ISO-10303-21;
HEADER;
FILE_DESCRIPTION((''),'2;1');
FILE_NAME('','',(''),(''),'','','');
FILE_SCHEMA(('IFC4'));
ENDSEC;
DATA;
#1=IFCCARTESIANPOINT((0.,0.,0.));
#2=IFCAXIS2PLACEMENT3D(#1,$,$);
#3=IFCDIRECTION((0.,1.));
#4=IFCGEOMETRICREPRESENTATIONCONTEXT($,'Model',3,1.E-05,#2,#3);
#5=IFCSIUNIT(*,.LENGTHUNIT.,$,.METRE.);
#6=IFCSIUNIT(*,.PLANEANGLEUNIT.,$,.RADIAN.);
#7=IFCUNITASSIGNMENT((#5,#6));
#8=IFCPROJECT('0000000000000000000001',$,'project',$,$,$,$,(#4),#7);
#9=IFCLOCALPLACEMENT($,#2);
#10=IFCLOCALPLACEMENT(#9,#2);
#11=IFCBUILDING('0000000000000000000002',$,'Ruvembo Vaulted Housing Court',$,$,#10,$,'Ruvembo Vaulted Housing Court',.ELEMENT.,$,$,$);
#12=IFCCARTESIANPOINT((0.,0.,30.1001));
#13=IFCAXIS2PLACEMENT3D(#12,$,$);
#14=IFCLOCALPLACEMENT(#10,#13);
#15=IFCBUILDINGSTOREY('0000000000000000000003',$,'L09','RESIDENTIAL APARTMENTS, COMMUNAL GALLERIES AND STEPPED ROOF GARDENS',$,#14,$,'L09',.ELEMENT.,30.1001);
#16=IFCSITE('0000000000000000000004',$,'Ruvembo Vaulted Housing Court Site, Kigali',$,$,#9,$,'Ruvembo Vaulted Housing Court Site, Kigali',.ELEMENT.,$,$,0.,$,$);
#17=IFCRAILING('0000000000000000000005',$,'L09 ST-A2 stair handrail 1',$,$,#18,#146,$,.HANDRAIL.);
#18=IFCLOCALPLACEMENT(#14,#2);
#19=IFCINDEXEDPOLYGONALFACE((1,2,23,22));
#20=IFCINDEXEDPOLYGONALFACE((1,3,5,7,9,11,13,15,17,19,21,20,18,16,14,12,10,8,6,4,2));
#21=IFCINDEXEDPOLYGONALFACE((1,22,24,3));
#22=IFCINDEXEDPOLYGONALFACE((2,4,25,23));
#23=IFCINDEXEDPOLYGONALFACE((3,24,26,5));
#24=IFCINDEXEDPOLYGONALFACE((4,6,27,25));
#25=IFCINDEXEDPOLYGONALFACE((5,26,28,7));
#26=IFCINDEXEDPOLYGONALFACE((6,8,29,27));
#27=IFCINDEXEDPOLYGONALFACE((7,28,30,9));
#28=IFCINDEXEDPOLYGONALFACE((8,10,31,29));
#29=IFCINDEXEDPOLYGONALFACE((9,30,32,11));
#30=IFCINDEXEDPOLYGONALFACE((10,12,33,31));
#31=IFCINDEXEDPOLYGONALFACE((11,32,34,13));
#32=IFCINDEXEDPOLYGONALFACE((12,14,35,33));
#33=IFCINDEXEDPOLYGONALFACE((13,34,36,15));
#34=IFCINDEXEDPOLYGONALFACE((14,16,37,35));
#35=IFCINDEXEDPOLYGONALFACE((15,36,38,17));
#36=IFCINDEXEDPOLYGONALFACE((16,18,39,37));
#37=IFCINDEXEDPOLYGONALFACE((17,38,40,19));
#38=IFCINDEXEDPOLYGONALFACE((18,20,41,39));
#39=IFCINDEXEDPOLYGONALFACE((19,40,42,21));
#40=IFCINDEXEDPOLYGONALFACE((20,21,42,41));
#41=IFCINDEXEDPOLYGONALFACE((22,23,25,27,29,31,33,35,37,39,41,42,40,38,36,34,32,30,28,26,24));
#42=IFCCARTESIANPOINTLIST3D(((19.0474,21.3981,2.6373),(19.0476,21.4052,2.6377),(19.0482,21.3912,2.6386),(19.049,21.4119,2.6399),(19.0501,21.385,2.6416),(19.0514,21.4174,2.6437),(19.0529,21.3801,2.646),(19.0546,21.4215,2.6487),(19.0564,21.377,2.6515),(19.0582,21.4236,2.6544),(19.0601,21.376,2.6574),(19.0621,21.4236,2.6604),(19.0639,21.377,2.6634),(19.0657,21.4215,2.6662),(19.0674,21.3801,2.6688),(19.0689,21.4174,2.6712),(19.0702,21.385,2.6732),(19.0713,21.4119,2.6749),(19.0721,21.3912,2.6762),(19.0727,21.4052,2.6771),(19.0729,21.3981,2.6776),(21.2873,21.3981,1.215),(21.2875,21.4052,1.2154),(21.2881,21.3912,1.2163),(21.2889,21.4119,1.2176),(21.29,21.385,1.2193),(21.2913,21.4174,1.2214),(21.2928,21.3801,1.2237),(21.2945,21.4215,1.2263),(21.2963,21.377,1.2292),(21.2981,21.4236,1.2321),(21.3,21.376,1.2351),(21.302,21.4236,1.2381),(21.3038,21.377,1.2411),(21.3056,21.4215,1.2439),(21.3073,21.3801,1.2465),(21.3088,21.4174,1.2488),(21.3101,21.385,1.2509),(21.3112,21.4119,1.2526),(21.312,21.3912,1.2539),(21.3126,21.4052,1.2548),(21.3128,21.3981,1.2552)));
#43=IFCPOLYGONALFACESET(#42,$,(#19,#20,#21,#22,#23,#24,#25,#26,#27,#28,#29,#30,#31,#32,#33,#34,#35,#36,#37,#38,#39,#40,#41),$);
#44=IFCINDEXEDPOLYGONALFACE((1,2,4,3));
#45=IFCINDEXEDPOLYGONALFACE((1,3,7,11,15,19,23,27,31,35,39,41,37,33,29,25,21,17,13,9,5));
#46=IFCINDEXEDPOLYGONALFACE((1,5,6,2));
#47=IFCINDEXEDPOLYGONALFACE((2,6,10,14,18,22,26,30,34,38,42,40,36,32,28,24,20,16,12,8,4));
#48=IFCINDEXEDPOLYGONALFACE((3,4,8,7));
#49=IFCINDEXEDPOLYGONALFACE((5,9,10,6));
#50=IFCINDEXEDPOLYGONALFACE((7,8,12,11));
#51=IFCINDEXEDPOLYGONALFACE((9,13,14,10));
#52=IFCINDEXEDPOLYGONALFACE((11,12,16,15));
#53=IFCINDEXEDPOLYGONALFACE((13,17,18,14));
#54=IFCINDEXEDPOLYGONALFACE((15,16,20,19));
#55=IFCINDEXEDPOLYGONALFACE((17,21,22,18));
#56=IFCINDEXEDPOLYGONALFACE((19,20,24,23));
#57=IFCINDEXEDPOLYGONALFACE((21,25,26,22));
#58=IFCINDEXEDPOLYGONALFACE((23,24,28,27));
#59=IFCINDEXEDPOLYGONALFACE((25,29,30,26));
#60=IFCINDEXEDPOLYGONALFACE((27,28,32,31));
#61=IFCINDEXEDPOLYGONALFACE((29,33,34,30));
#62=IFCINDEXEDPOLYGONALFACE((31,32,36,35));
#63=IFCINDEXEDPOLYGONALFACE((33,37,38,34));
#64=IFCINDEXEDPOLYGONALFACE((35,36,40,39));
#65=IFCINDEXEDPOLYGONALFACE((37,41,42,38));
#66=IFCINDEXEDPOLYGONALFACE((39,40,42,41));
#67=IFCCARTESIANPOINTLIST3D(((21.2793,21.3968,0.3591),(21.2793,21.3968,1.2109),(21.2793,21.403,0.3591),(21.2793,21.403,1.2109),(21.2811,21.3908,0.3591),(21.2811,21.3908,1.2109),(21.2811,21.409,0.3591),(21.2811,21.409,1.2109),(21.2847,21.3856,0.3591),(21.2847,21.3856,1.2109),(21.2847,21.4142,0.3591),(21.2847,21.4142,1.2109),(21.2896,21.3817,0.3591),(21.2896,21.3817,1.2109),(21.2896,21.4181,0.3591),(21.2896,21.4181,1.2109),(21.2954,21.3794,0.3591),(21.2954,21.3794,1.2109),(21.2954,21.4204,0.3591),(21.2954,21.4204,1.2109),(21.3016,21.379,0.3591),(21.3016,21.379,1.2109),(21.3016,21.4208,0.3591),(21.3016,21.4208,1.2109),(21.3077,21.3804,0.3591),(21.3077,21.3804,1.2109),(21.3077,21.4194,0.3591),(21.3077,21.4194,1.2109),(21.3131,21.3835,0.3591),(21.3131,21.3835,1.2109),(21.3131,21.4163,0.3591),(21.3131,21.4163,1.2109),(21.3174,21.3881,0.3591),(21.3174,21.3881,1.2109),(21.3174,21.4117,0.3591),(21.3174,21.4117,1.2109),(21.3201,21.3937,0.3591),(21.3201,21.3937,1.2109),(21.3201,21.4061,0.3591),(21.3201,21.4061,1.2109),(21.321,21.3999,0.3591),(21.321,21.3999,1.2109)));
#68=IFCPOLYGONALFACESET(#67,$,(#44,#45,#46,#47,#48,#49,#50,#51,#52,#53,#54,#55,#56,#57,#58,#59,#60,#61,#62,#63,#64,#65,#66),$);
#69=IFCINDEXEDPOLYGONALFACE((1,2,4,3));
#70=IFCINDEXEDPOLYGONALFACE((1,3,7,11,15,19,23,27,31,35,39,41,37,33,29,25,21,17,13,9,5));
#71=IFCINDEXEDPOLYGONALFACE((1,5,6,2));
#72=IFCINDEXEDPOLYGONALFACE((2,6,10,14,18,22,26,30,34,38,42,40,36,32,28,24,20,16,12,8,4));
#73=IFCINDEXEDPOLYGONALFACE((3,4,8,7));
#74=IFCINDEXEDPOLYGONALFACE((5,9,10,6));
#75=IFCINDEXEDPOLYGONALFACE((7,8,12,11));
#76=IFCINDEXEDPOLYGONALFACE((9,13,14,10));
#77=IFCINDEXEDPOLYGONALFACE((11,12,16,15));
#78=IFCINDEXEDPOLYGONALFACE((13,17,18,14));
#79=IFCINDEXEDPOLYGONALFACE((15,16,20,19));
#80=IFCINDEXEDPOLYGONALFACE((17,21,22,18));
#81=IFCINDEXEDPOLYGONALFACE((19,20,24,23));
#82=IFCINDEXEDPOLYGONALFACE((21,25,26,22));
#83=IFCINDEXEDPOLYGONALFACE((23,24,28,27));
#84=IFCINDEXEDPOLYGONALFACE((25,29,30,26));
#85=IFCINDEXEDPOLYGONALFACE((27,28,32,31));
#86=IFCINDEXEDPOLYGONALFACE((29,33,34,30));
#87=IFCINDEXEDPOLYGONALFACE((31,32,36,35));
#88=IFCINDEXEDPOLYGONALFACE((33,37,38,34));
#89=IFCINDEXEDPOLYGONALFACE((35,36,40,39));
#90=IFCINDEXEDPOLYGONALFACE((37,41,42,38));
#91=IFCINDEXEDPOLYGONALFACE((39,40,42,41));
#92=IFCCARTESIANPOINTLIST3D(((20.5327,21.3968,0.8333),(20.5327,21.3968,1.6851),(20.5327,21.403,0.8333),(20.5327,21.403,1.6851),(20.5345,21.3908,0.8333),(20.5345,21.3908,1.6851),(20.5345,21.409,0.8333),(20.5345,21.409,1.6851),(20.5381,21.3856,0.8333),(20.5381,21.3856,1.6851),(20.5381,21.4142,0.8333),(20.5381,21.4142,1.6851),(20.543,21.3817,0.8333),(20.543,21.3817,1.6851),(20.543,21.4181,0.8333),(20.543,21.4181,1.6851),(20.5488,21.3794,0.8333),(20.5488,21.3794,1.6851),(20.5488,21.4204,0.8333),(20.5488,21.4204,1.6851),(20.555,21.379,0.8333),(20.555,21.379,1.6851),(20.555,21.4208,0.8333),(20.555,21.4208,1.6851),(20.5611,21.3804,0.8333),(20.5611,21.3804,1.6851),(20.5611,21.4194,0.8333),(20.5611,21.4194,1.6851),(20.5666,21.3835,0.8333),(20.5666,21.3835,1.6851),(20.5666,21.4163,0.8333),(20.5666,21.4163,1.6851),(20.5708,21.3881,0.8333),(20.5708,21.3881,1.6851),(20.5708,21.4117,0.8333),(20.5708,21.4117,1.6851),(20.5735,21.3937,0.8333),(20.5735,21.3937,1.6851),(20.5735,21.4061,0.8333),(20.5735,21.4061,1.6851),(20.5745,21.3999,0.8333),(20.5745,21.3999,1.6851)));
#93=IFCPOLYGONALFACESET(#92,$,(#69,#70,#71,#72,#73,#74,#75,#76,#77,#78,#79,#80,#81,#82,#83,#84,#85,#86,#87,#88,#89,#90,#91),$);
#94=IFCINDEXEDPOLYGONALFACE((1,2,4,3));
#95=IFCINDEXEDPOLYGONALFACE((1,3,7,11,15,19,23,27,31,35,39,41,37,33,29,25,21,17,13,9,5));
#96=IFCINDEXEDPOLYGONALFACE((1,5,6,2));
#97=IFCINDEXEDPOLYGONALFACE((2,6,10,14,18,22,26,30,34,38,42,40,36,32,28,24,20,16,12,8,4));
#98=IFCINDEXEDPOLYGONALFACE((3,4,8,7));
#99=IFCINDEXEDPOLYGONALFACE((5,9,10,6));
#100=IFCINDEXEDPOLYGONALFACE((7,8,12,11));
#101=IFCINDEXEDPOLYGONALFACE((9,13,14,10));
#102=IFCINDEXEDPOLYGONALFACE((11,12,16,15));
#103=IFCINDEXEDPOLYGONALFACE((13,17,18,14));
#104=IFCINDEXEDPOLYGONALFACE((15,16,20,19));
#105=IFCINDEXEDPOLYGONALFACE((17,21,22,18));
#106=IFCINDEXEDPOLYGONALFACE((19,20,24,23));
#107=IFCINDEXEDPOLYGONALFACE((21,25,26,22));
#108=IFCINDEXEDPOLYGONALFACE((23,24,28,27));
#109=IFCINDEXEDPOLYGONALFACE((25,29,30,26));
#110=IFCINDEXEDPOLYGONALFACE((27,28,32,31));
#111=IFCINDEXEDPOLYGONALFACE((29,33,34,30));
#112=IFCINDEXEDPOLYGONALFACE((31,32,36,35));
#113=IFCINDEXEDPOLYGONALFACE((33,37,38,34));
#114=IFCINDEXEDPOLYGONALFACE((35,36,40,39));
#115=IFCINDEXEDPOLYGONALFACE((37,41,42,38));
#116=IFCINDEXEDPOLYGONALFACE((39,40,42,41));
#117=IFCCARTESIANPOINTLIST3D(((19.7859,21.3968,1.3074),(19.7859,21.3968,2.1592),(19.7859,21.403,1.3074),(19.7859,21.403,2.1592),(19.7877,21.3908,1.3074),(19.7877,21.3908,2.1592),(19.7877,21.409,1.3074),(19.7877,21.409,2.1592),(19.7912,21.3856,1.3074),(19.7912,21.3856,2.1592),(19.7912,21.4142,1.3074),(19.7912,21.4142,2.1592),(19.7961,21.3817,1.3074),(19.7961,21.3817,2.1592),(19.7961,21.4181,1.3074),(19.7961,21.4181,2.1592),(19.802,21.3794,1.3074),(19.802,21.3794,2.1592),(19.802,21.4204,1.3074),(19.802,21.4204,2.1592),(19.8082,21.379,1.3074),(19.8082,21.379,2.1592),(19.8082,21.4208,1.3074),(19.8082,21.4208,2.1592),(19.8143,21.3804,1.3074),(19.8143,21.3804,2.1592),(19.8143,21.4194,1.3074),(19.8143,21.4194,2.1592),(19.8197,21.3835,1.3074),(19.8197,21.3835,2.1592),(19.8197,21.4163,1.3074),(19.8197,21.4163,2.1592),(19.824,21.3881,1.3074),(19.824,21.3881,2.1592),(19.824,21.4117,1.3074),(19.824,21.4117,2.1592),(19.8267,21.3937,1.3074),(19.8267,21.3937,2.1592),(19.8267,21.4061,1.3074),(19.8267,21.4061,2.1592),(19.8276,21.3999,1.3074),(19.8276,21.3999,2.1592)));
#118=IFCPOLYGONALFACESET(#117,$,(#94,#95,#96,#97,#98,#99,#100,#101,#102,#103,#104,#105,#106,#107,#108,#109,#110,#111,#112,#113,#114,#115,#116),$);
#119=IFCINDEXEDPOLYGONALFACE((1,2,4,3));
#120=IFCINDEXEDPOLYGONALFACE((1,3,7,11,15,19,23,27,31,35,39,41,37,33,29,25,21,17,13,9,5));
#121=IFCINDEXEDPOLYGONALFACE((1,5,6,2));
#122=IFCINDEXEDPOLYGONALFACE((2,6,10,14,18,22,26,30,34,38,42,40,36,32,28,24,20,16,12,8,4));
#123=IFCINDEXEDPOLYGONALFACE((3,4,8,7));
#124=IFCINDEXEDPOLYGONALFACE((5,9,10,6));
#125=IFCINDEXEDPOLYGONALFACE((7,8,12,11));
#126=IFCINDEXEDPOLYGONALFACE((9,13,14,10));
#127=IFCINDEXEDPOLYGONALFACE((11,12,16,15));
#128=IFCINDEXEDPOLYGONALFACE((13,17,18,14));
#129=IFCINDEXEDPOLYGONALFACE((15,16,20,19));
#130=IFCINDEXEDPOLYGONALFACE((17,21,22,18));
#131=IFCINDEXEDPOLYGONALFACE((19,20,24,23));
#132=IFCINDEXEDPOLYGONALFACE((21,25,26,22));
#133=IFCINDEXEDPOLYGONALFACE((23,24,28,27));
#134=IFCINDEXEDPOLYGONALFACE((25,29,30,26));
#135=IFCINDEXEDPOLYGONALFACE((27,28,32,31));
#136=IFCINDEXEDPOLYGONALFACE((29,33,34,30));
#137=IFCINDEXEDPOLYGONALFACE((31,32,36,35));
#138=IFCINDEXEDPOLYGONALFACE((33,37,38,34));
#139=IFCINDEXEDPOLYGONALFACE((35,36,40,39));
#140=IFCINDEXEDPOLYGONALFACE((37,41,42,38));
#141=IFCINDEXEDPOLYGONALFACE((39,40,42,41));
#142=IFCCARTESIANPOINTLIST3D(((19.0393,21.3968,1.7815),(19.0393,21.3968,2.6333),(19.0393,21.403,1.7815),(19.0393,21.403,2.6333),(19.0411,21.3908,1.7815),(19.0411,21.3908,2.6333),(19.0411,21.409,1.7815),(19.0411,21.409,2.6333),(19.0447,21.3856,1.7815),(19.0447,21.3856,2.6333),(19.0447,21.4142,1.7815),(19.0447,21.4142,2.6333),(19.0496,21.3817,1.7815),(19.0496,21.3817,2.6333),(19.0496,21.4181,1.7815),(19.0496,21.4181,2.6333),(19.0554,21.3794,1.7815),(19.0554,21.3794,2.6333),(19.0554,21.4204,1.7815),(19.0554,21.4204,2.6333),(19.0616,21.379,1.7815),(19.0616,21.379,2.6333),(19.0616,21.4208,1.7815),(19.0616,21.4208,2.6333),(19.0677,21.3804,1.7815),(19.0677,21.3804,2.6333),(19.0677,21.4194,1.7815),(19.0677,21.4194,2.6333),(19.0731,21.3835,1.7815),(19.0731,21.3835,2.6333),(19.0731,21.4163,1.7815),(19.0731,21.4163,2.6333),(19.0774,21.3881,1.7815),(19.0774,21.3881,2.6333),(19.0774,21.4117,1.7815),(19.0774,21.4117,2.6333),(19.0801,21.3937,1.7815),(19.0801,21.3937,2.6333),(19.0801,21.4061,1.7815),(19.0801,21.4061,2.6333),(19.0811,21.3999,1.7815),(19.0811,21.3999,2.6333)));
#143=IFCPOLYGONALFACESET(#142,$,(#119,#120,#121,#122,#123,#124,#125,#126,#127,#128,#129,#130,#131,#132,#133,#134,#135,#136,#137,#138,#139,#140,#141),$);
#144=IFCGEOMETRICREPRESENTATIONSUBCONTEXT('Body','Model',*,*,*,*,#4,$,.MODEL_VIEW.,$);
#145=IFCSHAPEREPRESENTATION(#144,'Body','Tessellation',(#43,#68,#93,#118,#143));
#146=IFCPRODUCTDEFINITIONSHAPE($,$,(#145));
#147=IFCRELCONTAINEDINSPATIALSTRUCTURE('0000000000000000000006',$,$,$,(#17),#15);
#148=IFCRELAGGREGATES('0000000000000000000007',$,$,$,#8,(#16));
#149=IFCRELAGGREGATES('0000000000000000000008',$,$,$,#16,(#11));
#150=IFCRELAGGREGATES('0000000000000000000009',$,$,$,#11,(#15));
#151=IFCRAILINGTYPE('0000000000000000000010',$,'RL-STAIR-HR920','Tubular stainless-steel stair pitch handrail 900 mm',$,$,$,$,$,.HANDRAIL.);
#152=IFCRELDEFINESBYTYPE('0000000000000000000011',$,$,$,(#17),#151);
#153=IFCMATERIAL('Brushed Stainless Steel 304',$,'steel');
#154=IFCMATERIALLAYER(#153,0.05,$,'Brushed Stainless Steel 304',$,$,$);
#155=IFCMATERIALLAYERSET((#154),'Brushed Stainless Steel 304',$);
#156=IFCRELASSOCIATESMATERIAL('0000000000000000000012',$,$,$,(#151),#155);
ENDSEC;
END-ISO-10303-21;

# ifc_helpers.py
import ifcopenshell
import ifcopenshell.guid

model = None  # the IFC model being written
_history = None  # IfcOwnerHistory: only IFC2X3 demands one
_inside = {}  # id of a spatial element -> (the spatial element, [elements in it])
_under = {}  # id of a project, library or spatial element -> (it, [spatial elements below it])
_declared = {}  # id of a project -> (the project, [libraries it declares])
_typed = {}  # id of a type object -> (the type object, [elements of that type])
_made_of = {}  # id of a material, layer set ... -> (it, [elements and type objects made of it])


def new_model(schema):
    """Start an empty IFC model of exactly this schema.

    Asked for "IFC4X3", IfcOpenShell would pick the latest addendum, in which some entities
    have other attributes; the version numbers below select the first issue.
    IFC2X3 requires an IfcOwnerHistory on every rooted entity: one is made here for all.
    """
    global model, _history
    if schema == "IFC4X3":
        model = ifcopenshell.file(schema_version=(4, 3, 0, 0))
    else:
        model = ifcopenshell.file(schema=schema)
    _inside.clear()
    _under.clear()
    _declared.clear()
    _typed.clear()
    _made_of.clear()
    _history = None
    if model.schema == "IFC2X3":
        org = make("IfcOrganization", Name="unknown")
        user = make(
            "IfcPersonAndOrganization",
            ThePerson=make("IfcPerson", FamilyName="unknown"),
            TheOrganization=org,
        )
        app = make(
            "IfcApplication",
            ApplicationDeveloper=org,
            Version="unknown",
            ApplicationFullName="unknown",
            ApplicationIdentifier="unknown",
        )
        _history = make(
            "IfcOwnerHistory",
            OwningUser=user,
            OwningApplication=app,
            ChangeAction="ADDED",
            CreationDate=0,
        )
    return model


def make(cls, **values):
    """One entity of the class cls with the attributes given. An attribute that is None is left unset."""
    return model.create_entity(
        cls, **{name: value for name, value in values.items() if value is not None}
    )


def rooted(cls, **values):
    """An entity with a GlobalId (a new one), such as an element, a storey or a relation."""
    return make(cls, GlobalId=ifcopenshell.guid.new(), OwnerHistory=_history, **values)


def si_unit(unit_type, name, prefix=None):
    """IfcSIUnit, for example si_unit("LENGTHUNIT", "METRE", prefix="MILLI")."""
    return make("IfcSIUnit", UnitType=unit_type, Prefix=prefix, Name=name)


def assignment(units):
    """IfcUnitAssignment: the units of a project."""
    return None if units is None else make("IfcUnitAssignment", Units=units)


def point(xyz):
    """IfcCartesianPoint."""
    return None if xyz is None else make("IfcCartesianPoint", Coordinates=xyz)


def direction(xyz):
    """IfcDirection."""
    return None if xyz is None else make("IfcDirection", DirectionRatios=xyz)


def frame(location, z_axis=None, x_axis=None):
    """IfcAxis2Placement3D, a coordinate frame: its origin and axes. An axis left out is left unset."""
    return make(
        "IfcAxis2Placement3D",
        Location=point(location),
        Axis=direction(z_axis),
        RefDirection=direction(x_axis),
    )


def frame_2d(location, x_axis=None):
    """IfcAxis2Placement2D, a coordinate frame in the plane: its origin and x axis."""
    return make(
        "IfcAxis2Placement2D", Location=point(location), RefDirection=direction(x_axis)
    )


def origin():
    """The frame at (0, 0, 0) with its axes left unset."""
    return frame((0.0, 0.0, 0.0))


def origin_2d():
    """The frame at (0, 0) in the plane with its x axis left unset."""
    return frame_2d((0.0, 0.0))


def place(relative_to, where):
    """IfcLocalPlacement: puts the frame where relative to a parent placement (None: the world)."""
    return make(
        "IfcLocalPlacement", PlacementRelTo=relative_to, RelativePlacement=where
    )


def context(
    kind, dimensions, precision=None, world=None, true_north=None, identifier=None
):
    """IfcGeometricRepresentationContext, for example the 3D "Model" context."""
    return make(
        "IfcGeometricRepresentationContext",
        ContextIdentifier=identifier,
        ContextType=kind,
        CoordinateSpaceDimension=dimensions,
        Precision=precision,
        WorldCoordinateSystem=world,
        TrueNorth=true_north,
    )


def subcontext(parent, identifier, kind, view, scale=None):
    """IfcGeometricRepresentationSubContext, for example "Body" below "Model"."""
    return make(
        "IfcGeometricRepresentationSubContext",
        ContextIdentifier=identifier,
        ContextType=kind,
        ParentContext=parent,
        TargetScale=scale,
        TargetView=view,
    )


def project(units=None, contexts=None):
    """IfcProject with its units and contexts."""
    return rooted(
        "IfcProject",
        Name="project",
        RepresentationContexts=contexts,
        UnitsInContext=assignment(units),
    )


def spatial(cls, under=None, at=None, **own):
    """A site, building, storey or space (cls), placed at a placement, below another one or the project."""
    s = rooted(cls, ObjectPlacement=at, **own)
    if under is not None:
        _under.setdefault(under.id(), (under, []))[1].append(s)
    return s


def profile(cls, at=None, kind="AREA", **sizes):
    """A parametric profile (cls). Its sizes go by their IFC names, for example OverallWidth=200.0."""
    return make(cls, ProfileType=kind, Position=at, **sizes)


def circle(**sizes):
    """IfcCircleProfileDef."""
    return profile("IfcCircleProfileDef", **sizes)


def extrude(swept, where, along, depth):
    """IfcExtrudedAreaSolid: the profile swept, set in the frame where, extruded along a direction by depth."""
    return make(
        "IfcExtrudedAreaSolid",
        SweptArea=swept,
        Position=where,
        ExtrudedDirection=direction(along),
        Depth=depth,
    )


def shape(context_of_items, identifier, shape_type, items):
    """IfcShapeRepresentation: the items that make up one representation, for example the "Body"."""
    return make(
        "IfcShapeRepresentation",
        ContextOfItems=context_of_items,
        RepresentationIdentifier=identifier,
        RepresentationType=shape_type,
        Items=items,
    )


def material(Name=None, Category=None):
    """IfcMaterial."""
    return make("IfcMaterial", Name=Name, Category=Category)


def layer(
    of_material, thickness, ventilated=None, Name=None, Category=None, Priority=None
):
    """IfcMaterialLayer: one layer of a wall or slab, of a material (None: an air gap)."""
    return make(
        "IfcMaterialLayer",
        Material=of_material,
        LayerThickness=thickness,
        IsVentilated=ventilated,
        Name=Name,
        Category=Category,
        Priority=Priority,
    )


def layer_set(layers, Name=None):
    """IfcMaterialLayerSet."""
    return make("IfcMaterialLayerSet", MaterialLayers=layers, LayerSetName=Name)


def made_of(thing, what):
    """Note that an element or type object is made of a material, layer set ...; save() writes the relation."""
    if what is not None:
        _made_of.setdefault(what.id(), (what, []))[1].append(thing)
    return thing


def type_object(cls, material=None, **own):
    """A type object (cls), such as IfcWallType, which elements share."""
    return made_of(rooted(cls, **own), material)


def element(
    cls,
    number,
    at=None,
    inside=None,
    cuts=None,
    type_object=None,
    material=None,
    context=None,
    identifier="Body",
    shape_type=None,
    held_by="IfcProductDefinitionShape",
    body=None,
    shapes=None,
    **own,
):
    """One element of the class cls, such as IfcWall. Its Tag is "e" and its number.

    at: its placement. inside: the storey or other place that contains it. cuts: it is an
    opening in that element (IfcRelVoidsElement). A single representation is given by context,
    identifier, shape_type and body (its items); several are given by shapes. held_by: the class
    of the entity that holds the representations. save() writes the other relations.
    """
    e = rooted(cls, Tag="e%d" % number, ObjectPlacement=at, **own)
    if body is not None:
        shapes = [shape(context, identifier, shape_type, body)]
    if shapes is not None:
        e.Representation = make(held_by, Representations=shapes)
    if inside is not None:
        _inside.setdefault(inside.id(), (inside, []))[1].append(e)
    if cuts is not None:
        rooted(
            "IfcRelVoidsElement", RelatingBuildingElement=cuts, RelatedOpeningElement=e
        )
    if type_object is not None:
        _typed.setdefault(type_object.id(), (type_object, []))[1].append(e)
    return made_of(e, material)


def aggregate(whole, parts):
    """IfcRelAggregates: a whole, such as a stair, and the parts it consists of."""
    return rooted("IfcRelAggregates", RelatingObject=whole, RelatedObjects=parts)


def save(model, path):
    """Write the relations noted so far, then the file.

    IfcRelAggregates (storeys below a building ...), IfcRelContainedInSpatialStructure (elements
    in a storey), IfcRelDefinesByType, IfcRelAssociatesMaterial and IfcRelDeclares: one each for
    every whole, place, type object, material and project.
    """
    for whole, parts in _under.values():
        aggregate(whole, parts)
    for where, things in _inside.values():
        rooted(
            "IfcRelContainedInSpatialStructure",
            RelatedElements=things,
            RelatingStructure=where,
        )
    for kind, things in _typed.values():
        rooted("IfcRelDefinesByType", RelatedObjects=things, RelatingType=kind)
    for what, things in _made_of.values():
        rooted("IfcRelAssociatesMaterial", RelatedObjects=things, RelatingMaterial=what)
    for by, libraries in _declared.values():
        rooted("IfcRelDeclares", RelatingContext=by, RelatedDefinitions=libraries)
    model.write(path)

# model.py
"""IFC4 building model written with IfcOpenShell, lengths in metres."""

from ifc_helpers import new_model, si_unit, direction, frame, origin, origin_2d, place, context, subcontext, project, spatial, circle, extrude, material, layer, layer_set, type_object, element, save


model = new_model("IFC4")

# Units and contexts
model_context = context("Model", 3, precision=1e-05, world=origin(), true_north=direction((0.0, 1.0)))
body_context = subcontext(model_context, "Body", "Model", "MODEL_VIEW")
ifc_project = project(units=[si_unit("LENGTHUNIT", "METRE"), si_unit("PLANEANGLEUNIT", "RADIAN")], contexts=[model_context])

# Site, building, storey
site_placement = place(None, origin())
site = spatial("IfcSite", under=ifc_project, at=site_placement, Name="Ruvembo Vaulted Housing Court Site, Kigali", LongName="Ruvembo Vaulted Housing Court Site, Kigali", CompositionType="ELEMENT", RefElevation=0.0)
building_placement = place(site_placement, origin())
building = spatial("IfcBuilding", under=site, at=building_placement, Name="Ruvembo Vaulted Housing Court", LongName="Ruvembo Vaulted Housing Court", CompositionType="ELEMENT")
storey_placement = place(building_placement, frame((0.0, 0.0, 30.1001)))
storey = spatial("IfcBuildingStorey", under=building, at=storey_placement, Name="L09", Description="RESIDENTIAL APARTMENTS, COMMUNAL GALLERIES AND STEPPED ROOF GARDENS", LongName="L09", CompositionType="ELEMENT", Elevation=30.1001)

# Shared definitions
ifc_material_1 = material(Name="Brushed Stainless Steel 304", Category="steel")

# Railing
ifc_layer_1 = layer(ifc_material_1, 0.05, Name="Brushed Stainless Steel 304")
ifc_layer_set_1 = layer_set([ifc_layer_1], Name="Brushed Stainless Steel 304")
railing_type_1 = type_object("IfcRailingType", Name="RL-STAIR-HR920", Description="Tubular stainless-steel stair pitch handrail 900 mm", PredefinedType="HANDRAIL", material=ifc_layer_set_1)
railing_1_placement = place(storey_placement, frame((21.3, 21.3999, 0.3591)))
element("IfcRailing", 1, at=railing_1_placement, inside=storey, type_object=railing_type_1, Name="L09 ST-A2 stair handrail 1", PredefinedType="HANDRAIL", context=body_context, shape_type="SweptSolid", body=[
    extrude(circle(Radius=0.0239, at=origin_2d()), frame((0.0, 0.0, 0.876), z_axis=(-0.844188, 0.0, 0.536048), x_axis=(0.0, -1.0, 0.0)), (0.0, 0.0, 1.0), 2.6533),
    extrude(circle(Radius=0.021, at=origin_2d()), origin(), (0.0, 0.0, 1.0), 0.8518),
    extrude(circle(Radius=0.021, at=origin_2d()), frame((-0.7466, 0.0, 0.4741)), (0.0, 0.0, 1.0), 0.8518),
    extrude(circle(Radius=0.021, at=origin_2d()), frame((-1.4934, 0.0, 0.9482)), (0.0, 0.0, 1.0), 0.8518),
    extrude(circle(Radius=0.021, at=origin_2d()), frame((-2.24, 0.0, 1.4224)), (0.0, 0.0, 1.0), 0.8518),
])

save(model, "model.ifc")
